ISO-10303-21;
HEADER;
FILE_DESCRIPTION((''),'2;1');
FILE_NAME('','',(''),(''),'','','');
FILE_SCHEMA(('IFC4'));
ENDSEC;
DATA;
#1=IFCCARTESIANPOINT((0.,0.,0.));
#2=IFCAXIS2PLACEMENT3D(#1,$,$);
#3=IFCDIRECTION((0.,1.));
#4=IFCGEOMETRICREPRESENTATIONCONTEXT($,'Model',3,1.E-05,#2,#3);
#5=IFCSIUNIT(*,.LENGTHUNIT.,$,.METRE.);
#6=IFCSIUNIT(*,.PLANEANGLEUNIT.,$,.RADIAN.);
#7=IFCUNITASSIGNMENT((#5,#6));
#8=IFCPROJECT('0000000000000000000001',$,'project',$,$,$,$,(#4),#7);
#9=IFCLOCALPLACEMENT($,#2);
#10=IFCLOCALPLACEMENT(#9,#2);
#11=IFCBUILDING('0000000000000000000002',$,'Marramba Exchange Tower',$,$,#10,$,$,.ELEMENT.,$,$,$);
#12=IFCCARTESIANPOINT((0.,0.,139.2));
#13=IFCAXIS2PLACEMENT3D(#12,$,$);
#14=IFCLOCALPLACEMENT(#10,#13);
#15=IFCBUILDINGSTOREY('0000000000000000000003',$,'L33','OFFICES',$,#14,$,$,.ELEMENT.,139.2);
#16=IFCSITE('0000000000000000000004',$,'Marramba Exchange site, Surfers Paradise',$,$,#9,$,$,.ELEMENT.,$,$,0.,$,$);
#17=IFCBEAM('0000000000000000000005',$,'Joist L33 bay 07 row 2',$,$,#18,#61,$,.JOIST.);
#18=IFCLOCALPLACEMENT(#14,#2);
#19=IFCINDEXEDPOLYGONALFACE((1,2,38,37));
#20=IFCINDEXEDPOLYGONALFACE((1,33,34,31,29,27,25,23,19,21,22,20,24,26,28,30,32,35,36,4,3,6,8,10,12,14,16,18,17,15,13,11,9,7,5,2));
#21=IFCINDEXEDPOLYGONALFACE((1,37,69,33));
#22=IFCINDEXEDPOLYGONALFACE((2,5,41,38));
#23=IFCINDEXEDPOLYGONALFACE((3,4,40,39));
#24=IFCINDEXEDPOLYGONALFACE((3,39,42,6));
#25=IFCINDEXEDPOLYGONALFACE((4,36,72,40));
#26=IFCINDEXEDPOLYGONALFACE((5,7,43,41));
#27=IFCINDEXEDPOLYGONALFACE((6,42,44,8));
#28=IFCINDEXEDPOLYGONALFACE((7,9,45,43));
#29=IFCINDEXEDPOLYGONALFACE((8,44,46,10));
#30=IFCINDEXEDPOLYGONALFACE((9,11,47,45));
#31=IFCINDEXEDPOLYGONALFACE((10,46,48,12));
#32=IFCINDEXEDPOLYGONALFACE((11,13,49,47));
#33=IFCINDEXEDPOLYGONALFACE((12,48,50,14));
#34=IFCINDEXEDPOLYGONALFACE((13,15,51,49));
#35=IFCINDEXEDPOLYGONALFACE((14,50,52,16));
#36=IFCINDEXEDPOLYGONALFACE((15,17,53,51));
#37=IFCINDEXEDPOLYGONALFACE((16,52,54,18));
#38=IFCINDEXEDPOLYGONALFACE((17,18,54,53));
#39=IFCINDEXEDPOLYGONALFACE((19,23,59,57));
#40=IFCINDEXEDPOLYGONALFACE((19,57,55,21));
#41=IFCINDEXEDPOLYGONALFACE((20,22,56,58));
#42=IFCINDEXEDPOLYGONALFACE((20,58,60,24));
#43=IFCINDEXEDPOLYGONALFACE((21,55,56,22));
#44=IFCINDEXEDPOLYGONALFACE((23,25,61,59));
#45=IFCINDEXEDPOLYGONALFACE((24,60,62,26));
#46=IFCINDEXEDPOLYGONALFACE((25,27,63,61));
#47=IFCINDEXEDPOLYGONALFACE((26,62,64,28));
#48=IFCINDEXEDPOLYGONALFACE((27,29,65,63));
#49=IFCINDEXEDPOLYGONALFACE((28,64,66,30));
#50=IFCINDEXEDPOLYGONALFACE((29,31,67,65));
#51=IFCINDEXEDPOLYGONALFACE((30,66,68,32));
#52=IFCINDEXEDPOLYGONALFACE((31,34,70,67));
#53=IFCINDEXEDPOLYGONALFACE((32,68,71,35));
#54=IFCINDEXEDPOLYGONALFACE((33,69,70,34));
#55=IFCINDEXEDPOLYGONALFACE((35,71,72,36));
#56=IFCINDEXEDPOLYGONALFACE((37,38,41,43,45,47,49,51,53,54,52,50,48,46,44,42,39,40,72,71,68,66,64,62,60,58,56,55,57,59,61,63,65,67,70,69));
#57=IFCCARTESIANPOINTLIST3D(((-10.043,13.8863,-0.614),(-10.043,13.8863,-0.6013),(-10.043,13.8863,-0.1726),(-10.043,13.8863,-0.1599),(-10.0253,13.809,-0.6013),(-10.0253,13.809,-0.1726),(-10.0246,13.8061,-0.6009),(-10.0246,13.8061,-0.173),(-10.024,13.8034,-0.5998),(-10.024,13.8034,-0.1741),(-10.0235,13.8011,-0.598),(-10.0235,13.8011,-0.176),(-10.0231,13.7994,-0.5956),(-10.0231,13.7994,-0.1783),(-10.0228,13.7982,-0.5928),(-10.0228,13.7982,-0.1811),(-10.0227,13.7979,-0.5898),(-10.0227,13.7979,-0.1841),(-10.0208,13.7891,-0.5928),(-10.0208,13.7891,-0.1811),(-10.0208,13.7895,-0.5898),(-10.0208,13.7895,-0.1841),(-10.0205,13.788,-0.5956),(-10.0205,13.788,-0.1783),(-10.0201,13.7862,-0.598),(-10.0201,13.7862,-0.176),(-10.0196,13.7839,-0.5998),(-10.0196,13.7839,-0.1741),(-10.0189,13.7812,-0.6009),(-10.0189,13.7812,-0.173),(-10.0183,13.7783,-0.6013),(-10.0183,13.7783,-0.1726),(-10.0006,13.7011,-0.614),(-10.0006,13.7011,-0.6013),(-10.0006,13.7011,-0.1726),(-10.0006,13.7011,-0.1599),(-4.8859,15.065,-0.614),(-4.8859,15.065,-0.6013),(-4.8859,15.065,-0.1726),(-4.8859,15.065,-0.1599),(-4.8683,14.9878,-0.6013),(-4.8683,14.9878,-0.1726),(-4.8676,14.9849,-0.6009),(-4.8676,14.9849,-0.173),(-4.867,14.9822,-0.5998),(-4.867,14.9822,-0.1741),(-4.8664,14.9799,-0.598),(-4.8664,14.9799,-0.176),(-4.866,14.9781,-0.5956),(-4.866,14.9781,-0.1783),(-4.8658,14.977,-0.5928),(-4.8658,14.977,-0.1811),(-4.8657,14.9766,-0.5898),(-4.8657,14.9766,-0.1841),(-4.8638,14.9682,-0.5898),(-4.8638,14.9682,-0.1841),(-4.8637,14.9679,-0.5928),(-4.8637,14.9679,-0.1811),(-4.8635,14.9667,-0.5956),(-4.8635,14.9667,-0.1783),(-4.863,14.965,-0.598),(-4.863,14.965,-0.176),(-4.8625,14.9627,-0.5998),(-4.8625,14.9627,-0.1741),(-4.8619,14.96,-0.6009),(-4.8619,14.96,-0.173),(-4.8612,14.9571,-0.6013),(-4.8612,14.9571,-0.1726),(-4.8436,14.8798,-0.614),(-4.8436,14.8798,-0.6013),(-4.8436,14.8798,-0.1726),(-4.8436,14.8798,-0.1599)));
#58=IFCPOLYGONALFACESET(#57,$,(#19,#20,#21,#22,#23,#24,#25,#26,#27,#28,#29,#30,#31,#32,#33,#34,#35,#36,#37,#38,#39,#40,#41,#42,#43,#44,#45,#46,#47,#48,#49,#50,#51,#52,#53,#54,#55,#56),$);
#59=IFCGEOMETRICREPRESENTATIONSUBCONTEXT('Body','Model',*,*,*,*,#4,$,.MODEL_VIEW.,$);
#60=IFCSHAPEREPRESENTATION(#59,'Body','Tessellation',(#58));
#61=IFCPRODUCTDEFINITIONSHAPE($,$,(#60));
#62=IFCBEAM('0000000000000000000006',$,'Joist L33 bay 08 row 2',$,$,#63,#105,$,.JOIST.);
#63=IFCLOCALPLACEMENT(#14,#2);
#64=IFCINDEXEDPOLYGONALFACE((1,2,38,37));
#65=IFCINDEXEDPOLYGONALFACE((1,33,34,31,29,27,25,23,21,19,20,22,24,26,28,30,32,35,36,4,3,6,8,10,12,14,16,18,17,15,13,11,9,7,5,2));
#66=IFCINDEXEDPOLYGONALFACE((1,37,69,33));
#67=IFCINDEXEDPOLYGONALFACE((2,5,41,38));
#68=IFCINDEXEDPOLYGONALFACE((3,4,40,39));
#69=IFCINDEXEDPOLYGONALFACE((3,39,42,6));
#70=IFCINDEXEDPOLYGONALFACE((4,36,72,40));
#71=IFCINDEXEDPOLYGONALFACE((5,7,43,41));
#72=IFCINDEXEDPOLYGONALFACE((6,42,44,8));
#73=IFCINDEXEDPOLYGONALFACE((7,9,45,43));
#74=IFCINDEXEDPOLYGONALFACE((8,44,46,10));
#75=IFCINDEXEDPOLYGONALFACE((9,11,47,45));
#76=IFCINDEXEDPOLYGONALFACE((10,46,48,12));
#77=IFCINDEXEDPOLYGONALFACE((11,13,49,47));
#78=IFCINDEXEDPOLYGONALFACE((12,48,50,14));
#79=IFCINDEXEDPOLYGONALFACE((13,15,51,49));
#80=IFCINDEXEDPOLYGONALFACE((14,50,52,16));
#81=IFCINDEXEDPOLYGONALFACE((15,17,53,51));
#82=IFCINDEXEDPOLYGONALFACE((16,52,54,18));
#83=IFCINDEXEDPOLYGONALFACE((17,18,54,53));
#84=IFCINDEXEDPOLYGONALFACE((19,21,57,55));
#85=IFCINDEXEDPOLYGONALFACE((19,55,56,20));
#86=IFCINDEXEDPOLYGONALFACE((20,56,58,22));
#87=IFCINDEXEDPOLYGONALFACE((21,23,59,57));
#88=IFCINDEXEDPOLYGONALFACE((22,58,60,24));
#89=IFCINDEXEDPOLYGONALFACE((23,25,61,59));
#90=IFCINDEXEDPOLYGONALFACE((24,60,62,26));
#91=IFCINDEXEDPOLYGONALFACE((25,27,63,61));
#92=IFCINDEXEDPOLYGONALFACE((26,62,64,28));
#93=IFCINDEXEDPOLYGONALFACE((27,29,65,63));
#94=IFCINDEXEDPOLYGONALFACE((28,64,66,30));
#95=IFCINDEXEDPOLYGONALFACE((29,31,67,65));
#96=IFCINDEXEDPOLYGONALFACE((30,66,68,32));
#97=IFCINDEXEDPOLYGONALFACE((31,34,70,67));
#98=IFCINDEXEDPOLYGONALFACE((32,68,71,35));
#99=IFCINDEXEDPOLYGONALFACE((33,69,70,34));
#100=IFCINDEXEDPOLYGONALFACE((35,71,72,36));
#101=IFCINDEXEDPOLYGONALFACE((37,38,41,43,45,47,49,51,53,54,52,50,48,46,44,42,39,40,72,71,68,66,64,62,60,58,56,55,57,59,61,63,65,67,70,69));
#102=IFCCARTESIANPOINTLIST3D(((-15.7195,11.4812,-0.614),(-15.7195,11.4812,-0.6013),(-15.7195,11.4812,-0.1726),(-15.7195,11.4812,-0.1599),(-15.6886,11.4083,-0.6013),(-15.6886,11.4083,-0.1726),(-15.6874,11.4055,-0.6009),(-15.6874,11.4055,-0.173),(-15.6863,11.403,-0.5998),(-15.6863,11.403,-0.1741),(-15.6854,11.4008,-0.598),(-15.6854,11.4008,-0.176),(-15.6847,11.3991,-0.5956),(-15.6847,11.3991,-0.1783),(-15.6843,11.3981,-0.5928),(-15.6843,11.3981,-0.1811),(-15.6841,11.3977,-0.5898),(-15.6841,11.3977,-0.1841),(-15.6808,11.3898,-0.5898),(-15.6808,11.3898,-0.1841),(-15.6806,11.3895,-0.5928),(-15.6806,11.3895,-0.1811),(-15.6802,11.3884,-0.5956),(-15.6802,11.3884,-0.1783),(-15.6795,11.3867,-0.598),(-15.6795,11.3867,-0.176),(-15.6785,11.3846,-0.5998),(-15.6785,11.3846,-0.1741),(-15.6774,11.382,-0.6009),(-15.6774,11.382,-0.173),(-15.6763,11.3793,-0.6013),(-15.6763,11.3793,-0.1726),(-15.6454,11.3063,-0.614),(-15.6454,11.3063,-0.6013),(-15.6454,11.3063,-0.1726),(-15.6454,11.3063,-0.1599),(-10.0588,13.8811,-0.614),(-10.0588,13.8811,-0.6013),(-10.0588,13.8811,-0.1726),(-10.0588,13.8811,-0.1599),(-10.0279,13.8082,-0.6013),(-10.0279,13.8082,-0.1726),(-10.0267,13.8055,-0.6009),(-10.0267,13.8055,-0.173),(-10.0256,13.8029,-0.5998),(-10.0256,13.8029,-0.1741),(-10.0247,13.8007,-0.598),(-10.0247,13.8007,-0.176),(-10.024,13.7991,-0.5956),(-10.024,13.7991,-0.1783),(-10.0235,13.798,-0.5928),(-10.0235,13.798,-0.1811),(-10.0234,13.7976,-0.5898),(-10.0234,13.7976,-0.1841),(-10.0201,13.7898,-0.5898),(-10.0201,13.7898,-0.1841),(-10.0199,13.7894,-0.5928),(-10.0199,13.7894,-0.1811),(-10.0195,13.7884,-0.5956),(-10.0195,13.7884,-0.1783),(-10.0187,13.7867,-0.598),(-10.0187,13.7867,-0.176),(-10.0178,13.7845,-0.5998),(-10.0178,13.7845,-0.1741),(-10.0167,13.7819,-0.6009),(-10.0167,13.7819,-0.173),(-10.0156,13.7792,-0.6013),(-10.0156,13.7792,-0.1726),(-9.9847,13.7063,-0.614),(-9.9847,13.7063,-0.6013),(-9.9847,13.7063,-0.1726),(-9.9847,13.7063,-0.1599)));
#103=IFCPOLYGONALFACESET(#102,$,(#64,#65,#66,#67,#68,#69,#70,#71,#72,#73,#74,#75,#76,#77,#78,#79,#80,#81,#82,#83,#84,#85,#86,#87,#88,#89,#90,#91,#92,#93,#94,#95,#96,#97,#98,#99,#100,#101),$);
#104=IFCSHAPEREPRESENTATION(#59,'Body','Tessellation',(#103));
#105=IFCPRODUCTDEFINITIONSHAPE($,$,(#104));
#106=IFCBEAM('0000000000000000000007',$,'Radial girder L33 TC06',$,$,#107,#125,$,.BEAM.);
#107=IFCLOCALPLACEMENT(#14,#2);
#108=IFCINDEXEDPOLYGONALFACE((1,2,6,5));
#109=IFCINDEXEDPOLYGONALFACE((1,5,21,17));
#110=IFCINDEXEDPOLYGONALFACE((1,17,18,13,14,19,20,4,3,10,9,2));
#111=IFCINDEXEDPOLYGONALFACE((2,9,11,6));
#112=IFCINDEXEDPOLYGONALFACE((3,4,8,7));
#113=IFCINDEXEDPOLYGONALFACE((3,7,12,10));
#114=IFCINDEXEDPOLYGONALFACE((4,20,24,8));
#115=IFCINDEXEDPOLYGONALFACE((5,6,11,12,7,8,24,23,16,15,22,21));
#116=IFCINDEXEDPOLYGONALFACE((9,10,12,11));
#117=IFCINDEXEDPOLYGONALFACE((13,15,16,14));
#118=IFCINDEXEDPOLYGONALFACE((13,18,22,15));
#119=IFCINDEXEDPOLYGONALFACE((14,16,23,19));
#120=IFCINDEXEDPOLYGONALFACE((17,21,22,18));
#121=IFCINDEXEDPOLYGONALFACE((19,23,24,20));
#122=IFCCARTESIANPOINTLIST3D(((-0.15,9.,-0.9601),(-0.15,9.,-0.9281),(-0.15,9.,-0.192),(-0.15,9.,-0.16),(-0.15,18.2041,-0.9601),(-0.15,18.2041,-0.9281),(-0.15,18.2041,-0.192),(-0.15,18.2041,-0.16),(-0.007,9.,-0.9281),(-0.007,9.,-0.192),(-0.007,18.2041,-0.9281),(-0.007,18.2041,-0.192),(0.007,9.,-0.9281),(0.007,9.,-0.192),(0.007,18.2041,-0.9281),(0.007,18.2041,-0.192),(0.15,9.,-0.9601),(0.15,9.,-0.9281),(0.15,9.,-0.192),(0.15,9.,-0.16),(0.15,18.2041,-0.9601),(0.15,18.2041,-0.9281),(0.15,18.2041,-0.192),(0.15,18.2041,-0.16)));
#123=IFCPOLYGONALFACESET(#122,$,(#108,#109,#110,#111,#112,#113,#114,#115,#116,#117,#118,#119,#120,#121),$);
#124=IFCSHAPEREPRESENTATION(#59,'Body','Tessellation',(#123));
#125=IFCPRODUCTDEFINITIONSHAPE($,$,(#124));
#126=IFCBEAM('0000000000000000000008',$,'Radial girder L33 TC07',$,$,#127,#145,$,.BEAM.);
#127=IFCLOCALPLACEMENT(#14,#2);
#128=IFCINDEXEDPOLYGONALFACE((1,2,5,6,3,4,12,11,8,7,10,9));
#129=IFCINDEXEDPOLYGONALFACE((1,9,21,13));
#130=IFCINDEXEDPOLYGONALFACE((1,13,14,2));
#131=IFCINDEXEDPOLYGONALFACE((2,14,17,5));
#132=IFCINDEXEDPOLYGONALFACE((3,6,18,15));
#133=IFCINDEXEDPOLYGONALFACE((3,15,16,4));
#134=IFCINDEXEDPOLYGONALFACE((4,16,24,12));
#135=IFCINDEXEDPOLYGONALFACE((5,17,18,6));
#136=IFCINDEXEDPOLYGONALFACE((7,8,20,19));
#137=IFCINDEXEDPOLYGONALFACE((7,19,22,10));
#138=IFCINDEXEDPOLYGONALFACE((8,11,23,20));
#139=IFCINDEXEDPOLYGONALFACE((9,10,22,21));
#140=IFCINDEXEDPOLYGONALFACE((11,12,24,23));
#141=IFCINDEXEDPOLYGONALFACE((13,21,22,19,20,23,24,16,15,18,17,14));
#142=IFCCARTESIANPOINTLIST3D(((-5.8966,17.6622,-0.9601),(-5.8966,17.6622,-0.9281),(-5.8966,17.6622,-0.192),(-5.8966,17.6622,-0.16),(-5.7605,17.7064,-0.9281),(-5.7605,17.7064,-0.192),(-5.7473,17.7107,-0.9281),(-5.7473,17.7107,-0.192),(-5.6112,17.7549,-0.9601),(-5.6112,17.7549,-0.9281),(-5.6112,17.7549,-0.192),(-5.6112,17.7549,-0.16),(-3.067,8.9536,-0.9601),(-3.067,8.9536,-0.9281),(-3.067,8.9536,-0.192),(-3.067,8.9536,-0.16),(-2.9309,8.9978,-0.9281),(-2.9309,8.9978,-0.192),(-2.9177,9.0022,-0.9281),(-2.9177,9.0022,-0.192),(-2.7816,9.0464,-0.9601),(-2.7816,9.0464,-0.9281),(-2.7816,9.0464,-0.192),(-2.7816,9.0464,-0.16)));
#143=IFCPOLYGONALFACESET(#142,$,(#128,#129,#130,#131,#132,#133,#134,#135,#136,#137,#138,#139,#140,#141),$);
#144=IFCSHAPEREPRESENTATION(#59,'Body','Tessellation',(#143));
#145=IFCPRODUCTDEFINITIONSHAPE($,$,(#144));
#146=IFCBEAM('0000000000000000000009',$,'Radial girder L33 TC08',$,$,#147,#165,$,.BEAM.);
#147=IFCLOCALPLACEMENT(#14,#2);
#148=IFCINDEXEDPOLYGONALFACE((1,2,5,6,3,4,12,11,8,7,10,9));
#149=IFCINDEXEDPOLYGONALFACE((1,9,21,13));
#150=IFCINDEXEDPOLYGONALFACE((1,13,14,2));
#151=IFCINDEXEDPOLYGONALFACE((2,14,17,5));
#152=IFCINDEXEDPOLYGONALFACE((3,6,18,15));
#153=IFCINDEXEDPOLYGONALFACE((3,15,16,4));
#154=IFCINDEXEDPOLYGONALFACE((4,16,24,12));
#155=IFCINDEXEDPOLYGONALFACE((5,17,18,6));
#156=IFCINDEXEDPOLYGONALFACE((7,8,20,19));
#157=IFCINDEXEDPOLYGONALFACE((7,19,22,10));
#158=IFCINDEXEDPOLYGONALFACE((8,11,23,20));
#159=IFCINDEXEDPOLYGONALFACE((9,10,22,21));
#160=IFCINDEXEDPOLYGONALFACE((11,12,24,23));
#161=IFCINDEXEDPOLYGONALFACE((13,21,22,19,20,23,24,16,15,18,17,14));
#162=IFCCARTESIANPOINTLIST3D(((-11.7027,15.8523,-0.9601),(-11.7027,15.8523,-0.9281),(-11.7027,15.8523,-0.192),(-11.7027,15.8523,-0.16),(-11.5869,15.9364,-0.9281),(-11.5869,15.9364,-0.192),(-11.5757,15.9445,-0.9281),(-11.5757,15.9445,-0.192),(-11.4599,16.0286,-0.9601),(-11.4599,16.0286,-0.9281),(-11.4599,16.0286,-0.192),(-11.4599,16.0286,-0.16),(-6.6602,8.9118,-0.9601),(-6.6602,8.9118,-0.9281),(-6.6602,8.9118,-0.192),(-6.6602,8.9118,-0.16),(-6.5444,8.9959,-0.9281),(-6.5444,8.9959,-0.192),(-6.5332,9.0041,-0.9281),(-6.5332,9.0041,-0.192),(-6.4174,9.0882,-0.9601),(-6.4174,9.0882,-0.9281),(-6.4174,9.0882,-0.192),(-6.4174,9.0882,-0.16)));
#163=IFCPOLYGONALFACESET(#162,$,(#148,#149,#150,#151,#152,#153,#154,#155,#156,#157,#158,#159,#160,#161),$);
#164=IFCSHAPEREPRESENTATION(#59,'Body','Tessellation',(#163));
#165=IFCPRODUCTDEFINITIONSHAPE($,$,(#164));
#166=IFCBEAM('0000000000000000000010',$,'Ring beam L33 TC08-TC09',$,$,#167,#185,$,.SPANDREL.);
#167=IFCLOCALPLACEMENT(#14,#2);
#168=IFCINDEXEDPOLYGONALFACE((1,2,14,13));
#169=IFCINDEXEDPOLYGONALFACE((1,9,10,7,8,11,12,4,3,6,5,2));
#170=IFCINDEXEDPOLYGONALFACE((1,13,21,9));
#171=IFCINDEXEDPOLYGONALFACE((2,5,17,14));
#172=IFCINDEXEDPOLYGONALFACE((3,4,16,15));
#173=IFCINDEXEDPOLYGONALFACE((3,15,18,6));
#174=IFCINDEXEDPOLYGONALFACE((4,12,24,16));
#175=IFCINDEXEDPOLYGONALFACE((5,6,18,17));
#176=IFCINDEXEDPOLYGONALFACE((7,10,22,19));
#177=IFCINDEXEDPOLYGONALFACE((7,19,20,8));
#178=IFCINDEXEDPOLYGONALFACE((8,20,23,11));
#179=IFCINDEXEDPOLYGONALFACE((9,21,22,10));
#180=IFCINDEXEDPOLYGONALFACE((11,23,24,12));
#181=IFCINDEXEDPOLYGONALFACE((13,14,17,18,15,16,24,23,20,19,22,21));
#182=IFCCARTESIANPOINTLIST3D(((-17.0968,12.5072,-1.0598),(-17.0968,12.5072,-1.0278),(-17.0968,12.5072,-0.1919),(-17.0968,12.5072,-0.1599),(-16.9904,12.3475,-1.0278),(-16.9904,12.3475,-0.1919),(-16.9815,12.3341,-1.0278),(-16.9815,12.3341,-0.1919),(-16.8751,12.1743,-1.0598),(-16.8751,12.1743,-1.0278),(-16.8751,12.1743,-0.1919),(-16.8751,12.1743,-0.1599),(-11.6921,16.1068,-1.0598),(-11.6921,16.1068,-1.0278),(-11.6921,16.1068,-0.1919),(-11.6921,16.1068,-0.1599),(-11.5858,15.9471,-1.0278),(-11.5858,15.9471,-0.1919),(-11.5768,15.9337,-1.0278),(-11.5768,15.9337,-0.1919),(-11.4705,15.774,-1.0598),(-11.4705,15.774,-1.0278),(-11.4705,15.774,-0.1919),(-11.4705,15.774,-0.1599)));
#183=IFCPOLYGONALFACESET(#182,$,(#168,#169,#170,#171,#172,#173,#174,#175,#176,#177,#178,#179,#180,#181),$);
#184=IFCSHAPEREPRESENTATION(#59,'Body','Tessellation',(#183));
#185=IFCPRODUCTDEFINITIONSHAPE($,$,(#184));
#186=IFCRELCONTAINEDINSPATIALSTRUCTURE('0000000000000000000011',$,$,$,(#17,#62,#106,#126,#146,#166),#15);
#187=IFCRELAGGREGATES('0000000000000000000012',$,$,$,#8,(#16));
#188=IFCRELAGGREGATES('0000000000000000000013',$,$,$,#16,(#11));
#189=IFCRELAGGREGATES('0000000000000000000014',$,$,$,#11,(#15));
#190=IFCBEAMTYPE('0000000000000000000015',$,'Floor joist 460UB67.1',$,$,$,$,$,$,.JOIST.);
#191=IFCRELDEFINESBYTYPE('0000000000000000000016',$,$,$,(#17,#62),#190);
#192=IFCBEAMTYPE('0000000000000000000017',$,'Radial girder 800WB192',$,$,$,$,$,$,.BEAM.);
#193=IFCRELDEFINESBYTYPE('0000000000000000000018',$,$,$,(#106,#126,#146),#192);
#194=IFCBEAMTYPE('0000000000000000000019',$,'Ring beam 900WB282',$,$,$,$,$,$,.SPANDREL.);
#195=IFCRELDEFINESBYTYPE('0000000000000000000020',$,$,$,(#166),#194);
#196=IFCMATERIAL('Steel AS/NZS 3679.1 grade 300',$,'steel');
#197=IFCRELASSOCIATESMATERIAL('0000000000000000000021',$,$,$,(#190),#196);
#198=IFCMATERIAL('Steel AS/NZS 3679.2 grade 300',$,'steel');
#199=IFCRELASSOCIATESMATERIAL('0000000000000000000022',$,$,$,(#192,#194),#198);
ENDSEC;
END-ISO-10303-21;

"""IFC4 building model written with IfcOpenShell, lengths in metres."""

from ifc_helpers import new_model, si_unit, direction, frame, origin, origin_2d, place, context, subcontext, project, spatial, i_section, extrude, material, material_profile, profile_set, type_object, element, save


model = new_model("IFC4")

# Units and contexts
model_context = context("Model", 3, precision=1e-05, world=origin(), true_north=direction((0.0, 1.0)))
body_context = subcontext(model_context, "Body", "Model", "MODEL_VIEW")
ifc_project = project(units=[si_unit("LENGTHUNIT", "METRE"), si_unit("PLANEANGLEUNIT", "RADIAN")], contexts=[model_context])

# Site, building, storey
site_placement = place(None, origin())
site = spatial("IfcSite", under=ifc_project, at=site_placement, Name="Marramba Exchange site, Surfers Paradise", CompositionType="ELEMENT", RefElevation=0.0)
building_placement = place(site_placement, origin())
building = spatial("IfcBuilding", under=site, at=building_placement, Name="Marramba Exchange Tower", CompositionType="ELEMENT")
storey_placement = place(building_placement, frame((0.0, 0.0, 139.2)))
storey = spatial("IfcBuildingStorey", under=building, at=storey_placement, Name="L33", Description="OFFICES", CompositionType="ELEMENT", Elevation=139.2)

# Beams
ifc_material_1 = material(Name="Steel AS/NZS 3679.1 grade 300", Category="steel")
ifc_material_profile_1 = material_profile(ifc_material_1, i_section(OverallWidth=0.1899, OverallDepth=0.4541, WebThickness=0.0085, FlangeThickness=0.0127, FilletRadius=0.0115, at=origin_2d()), Name="460UB67.1")
ifc_profile_set_1 = profile_set([ifc_material_profile_1], Name="Steel AS/NZS 3679.1 grade 300")
beam_type_1 = type_object("IfcBeamType", Name="Floor joist 460UB67.1", PredefinedType="JOIST", material=ifc_profile_set_1)
beam_1_placement = place(storey_placement, frame((-4.8647, 14.9724, -0.387), z_axis=(-0.97486, -0.22282, 0.0), x_axis=(0.22282, -0.97486, 0.0)))
element("IfcBeam", 1, at=beam_1_placement, inside=storey, type_object=beam_type_1, Name="Joist L33 bay 07 row 2", PredefinedType="JOIST", context=body_context, shape_type="SweptSolid", body=[
    extrude(i_section(OverallWidth=0.1899, OverallDepth=0.4541, WebThickness=0.0085, FlangeThickness=0.0127, FilletRadius=0.0115, at=origin_2d()), origin(), (0.0, 0.0, 1.0), 5.29),
])
beam_2_placement = place(storey_placement, frame((-10.0217, 13.7937, -0.387), z_axis=(-0.920674, -0.390332, 0.0), x_axis=(0.390332, -0.920674, 0.0)))
element("IfcBeam", 2, at=beam_2_placement, inside=storey, type_object=beam_type_1, Name="Joist L33 bay 08 row 2", PredefinedType="JOIST", context=body_context, shape_type="SweptSolid", body=[
    extrude(i_section(OverallWidth=0.1899, OverallDepth=0.4541, WebThickness=0.0085, FlangeThickness=0.0127, FilletRadius=0.0115, at=origin_2d()), origin(), (0.0, 0.0, 1.0), 6.1484),
])
ifc_material_2 = material(Name="Steel AS/NZS 3679.2 grade 300", Category="steel")
ifc_material_profile_2 = material_profile(ifc_material_2, i_section(OverallWidth=0.3, OverallDepth=0.8, WebThickness=0.0139, FlangeThickness=0.032, at=origin_2d()), Name="800WB192")
ifc_profile_set_2 = profile_set([ifc_material_profile_2], Name="Steel AS/NZS 3679.2 grade 300")
beam_type_2 = type_object("IfcBeamType", Name="Radial girder 800WB192", PredefinedType="BEAM", material=ifc_profile_set_2)
beam_3_placement = place(storey_placement, frame((0.0, 9.0, -0.5601), z_axis=(0.0, 1.0, 0.0), x_axis=(-1.0, 0.0, 0.0)))
element("IfcBeam", 3, at=beam_3_placement, inside=storey, type_object=beam_type_2, Name="Radial girder L33 TC06", PredefinedType="BEAM", context=body_context, shape_type="SweptSolid", body=[
    extrude(i_section(OverallWidth=0.3, OverallDepth=0.8, WebThickness=0.0139, FlangeThickness=0.032, at=origin_2d()), origin(), (0.0, 0.0, 1.0), 9.2041),
])
beam_4_placement = place(storey_placement, frame((-2.9243, 9.0, -0.5601), z_axis=(-0.30902, 0.951056, 0.0), x_axis=(-0.951056, -0.30902, 0.0)))
element("IfcBeam", 4, at=beam_4_placement, inside=storey, type_object=beam_type_2, Name="Radial girder L33 TC07", PredefinedType="BEAM", context=body_context, shape_type="SweptSolid", body=[
    extrude(i_section(OverallWidth=0.3, OverallDepth=0.8, WebThickness=0.0139, FlangeThickness=0.032, at=origin_2d()), origin(), (0.0, 0.0, 1.0), 9.1567),
])
beam_5_placement = place(storey_placement, frame((-6.5388, 9.0, -0.5601), z_axis=(-0.587782, 0.809019, 0.0), x_axis=(-0.809019, -0.587782, 0.0)))
element("IfcBeam", 5, at=beam_5_placement, inside=storey, type_object=beam_type_2, Name="Radial girder L33 TC08", PredefinedType="BEAM", context=body_context, shape_type="SweptSolid", body=[
    extrude(i_section(OverallWidth=0.3, OverallDepth=0.8, WebThickness=0.0139, FlangeThickness=0.032, at=origin_2d()), origin(), (0.0, 0.0, 1.0), 8.5789),
])
ifc_material_profile_3 = material_profile(ifc_material_2, i_section(OverallWidth=0.3999, OverallDepth=0.8999, WebThickness=0.0161, FlangeThickness=0.032, at=origin_2d()), Name="900WB282")
ifc_profile_set_3 = profile_set([ifc_material_profile_3], Name="Steel AS/NZS 3679.2 grade 300")
beam_type_3 = type_object("IfcBeamType", Name="Ring beam 900WB282", PredefinedType="SPANDREL", material=ifc_profile_set_3)
beam_6_placement = place(storey_placement, frame((-11.5813, 15.9404, -0.6099), z_axis=(-0.832293, -0.554336, 0.0), x_axis=(0.554336, -0.832293, 0.0)))
element("IfcBeam", 6, at=beam_6_placement, inside=storey, type_object=beam_type_3, Name="Ring beam L33 TC08-TC09", PredefinedType="SPANDREL", context=body_context, shape_type="SweptSolid", body=[
    extrude(i_section(OverallWidth=0.3999, OverallDepth=0.8999, WebThickness=0.0161, FlangeThickness=0.032, at=origin_2d()), origin(), (0.0, 0.0, 1.0), 6.4937),
])

save(model, "model.ifc")
